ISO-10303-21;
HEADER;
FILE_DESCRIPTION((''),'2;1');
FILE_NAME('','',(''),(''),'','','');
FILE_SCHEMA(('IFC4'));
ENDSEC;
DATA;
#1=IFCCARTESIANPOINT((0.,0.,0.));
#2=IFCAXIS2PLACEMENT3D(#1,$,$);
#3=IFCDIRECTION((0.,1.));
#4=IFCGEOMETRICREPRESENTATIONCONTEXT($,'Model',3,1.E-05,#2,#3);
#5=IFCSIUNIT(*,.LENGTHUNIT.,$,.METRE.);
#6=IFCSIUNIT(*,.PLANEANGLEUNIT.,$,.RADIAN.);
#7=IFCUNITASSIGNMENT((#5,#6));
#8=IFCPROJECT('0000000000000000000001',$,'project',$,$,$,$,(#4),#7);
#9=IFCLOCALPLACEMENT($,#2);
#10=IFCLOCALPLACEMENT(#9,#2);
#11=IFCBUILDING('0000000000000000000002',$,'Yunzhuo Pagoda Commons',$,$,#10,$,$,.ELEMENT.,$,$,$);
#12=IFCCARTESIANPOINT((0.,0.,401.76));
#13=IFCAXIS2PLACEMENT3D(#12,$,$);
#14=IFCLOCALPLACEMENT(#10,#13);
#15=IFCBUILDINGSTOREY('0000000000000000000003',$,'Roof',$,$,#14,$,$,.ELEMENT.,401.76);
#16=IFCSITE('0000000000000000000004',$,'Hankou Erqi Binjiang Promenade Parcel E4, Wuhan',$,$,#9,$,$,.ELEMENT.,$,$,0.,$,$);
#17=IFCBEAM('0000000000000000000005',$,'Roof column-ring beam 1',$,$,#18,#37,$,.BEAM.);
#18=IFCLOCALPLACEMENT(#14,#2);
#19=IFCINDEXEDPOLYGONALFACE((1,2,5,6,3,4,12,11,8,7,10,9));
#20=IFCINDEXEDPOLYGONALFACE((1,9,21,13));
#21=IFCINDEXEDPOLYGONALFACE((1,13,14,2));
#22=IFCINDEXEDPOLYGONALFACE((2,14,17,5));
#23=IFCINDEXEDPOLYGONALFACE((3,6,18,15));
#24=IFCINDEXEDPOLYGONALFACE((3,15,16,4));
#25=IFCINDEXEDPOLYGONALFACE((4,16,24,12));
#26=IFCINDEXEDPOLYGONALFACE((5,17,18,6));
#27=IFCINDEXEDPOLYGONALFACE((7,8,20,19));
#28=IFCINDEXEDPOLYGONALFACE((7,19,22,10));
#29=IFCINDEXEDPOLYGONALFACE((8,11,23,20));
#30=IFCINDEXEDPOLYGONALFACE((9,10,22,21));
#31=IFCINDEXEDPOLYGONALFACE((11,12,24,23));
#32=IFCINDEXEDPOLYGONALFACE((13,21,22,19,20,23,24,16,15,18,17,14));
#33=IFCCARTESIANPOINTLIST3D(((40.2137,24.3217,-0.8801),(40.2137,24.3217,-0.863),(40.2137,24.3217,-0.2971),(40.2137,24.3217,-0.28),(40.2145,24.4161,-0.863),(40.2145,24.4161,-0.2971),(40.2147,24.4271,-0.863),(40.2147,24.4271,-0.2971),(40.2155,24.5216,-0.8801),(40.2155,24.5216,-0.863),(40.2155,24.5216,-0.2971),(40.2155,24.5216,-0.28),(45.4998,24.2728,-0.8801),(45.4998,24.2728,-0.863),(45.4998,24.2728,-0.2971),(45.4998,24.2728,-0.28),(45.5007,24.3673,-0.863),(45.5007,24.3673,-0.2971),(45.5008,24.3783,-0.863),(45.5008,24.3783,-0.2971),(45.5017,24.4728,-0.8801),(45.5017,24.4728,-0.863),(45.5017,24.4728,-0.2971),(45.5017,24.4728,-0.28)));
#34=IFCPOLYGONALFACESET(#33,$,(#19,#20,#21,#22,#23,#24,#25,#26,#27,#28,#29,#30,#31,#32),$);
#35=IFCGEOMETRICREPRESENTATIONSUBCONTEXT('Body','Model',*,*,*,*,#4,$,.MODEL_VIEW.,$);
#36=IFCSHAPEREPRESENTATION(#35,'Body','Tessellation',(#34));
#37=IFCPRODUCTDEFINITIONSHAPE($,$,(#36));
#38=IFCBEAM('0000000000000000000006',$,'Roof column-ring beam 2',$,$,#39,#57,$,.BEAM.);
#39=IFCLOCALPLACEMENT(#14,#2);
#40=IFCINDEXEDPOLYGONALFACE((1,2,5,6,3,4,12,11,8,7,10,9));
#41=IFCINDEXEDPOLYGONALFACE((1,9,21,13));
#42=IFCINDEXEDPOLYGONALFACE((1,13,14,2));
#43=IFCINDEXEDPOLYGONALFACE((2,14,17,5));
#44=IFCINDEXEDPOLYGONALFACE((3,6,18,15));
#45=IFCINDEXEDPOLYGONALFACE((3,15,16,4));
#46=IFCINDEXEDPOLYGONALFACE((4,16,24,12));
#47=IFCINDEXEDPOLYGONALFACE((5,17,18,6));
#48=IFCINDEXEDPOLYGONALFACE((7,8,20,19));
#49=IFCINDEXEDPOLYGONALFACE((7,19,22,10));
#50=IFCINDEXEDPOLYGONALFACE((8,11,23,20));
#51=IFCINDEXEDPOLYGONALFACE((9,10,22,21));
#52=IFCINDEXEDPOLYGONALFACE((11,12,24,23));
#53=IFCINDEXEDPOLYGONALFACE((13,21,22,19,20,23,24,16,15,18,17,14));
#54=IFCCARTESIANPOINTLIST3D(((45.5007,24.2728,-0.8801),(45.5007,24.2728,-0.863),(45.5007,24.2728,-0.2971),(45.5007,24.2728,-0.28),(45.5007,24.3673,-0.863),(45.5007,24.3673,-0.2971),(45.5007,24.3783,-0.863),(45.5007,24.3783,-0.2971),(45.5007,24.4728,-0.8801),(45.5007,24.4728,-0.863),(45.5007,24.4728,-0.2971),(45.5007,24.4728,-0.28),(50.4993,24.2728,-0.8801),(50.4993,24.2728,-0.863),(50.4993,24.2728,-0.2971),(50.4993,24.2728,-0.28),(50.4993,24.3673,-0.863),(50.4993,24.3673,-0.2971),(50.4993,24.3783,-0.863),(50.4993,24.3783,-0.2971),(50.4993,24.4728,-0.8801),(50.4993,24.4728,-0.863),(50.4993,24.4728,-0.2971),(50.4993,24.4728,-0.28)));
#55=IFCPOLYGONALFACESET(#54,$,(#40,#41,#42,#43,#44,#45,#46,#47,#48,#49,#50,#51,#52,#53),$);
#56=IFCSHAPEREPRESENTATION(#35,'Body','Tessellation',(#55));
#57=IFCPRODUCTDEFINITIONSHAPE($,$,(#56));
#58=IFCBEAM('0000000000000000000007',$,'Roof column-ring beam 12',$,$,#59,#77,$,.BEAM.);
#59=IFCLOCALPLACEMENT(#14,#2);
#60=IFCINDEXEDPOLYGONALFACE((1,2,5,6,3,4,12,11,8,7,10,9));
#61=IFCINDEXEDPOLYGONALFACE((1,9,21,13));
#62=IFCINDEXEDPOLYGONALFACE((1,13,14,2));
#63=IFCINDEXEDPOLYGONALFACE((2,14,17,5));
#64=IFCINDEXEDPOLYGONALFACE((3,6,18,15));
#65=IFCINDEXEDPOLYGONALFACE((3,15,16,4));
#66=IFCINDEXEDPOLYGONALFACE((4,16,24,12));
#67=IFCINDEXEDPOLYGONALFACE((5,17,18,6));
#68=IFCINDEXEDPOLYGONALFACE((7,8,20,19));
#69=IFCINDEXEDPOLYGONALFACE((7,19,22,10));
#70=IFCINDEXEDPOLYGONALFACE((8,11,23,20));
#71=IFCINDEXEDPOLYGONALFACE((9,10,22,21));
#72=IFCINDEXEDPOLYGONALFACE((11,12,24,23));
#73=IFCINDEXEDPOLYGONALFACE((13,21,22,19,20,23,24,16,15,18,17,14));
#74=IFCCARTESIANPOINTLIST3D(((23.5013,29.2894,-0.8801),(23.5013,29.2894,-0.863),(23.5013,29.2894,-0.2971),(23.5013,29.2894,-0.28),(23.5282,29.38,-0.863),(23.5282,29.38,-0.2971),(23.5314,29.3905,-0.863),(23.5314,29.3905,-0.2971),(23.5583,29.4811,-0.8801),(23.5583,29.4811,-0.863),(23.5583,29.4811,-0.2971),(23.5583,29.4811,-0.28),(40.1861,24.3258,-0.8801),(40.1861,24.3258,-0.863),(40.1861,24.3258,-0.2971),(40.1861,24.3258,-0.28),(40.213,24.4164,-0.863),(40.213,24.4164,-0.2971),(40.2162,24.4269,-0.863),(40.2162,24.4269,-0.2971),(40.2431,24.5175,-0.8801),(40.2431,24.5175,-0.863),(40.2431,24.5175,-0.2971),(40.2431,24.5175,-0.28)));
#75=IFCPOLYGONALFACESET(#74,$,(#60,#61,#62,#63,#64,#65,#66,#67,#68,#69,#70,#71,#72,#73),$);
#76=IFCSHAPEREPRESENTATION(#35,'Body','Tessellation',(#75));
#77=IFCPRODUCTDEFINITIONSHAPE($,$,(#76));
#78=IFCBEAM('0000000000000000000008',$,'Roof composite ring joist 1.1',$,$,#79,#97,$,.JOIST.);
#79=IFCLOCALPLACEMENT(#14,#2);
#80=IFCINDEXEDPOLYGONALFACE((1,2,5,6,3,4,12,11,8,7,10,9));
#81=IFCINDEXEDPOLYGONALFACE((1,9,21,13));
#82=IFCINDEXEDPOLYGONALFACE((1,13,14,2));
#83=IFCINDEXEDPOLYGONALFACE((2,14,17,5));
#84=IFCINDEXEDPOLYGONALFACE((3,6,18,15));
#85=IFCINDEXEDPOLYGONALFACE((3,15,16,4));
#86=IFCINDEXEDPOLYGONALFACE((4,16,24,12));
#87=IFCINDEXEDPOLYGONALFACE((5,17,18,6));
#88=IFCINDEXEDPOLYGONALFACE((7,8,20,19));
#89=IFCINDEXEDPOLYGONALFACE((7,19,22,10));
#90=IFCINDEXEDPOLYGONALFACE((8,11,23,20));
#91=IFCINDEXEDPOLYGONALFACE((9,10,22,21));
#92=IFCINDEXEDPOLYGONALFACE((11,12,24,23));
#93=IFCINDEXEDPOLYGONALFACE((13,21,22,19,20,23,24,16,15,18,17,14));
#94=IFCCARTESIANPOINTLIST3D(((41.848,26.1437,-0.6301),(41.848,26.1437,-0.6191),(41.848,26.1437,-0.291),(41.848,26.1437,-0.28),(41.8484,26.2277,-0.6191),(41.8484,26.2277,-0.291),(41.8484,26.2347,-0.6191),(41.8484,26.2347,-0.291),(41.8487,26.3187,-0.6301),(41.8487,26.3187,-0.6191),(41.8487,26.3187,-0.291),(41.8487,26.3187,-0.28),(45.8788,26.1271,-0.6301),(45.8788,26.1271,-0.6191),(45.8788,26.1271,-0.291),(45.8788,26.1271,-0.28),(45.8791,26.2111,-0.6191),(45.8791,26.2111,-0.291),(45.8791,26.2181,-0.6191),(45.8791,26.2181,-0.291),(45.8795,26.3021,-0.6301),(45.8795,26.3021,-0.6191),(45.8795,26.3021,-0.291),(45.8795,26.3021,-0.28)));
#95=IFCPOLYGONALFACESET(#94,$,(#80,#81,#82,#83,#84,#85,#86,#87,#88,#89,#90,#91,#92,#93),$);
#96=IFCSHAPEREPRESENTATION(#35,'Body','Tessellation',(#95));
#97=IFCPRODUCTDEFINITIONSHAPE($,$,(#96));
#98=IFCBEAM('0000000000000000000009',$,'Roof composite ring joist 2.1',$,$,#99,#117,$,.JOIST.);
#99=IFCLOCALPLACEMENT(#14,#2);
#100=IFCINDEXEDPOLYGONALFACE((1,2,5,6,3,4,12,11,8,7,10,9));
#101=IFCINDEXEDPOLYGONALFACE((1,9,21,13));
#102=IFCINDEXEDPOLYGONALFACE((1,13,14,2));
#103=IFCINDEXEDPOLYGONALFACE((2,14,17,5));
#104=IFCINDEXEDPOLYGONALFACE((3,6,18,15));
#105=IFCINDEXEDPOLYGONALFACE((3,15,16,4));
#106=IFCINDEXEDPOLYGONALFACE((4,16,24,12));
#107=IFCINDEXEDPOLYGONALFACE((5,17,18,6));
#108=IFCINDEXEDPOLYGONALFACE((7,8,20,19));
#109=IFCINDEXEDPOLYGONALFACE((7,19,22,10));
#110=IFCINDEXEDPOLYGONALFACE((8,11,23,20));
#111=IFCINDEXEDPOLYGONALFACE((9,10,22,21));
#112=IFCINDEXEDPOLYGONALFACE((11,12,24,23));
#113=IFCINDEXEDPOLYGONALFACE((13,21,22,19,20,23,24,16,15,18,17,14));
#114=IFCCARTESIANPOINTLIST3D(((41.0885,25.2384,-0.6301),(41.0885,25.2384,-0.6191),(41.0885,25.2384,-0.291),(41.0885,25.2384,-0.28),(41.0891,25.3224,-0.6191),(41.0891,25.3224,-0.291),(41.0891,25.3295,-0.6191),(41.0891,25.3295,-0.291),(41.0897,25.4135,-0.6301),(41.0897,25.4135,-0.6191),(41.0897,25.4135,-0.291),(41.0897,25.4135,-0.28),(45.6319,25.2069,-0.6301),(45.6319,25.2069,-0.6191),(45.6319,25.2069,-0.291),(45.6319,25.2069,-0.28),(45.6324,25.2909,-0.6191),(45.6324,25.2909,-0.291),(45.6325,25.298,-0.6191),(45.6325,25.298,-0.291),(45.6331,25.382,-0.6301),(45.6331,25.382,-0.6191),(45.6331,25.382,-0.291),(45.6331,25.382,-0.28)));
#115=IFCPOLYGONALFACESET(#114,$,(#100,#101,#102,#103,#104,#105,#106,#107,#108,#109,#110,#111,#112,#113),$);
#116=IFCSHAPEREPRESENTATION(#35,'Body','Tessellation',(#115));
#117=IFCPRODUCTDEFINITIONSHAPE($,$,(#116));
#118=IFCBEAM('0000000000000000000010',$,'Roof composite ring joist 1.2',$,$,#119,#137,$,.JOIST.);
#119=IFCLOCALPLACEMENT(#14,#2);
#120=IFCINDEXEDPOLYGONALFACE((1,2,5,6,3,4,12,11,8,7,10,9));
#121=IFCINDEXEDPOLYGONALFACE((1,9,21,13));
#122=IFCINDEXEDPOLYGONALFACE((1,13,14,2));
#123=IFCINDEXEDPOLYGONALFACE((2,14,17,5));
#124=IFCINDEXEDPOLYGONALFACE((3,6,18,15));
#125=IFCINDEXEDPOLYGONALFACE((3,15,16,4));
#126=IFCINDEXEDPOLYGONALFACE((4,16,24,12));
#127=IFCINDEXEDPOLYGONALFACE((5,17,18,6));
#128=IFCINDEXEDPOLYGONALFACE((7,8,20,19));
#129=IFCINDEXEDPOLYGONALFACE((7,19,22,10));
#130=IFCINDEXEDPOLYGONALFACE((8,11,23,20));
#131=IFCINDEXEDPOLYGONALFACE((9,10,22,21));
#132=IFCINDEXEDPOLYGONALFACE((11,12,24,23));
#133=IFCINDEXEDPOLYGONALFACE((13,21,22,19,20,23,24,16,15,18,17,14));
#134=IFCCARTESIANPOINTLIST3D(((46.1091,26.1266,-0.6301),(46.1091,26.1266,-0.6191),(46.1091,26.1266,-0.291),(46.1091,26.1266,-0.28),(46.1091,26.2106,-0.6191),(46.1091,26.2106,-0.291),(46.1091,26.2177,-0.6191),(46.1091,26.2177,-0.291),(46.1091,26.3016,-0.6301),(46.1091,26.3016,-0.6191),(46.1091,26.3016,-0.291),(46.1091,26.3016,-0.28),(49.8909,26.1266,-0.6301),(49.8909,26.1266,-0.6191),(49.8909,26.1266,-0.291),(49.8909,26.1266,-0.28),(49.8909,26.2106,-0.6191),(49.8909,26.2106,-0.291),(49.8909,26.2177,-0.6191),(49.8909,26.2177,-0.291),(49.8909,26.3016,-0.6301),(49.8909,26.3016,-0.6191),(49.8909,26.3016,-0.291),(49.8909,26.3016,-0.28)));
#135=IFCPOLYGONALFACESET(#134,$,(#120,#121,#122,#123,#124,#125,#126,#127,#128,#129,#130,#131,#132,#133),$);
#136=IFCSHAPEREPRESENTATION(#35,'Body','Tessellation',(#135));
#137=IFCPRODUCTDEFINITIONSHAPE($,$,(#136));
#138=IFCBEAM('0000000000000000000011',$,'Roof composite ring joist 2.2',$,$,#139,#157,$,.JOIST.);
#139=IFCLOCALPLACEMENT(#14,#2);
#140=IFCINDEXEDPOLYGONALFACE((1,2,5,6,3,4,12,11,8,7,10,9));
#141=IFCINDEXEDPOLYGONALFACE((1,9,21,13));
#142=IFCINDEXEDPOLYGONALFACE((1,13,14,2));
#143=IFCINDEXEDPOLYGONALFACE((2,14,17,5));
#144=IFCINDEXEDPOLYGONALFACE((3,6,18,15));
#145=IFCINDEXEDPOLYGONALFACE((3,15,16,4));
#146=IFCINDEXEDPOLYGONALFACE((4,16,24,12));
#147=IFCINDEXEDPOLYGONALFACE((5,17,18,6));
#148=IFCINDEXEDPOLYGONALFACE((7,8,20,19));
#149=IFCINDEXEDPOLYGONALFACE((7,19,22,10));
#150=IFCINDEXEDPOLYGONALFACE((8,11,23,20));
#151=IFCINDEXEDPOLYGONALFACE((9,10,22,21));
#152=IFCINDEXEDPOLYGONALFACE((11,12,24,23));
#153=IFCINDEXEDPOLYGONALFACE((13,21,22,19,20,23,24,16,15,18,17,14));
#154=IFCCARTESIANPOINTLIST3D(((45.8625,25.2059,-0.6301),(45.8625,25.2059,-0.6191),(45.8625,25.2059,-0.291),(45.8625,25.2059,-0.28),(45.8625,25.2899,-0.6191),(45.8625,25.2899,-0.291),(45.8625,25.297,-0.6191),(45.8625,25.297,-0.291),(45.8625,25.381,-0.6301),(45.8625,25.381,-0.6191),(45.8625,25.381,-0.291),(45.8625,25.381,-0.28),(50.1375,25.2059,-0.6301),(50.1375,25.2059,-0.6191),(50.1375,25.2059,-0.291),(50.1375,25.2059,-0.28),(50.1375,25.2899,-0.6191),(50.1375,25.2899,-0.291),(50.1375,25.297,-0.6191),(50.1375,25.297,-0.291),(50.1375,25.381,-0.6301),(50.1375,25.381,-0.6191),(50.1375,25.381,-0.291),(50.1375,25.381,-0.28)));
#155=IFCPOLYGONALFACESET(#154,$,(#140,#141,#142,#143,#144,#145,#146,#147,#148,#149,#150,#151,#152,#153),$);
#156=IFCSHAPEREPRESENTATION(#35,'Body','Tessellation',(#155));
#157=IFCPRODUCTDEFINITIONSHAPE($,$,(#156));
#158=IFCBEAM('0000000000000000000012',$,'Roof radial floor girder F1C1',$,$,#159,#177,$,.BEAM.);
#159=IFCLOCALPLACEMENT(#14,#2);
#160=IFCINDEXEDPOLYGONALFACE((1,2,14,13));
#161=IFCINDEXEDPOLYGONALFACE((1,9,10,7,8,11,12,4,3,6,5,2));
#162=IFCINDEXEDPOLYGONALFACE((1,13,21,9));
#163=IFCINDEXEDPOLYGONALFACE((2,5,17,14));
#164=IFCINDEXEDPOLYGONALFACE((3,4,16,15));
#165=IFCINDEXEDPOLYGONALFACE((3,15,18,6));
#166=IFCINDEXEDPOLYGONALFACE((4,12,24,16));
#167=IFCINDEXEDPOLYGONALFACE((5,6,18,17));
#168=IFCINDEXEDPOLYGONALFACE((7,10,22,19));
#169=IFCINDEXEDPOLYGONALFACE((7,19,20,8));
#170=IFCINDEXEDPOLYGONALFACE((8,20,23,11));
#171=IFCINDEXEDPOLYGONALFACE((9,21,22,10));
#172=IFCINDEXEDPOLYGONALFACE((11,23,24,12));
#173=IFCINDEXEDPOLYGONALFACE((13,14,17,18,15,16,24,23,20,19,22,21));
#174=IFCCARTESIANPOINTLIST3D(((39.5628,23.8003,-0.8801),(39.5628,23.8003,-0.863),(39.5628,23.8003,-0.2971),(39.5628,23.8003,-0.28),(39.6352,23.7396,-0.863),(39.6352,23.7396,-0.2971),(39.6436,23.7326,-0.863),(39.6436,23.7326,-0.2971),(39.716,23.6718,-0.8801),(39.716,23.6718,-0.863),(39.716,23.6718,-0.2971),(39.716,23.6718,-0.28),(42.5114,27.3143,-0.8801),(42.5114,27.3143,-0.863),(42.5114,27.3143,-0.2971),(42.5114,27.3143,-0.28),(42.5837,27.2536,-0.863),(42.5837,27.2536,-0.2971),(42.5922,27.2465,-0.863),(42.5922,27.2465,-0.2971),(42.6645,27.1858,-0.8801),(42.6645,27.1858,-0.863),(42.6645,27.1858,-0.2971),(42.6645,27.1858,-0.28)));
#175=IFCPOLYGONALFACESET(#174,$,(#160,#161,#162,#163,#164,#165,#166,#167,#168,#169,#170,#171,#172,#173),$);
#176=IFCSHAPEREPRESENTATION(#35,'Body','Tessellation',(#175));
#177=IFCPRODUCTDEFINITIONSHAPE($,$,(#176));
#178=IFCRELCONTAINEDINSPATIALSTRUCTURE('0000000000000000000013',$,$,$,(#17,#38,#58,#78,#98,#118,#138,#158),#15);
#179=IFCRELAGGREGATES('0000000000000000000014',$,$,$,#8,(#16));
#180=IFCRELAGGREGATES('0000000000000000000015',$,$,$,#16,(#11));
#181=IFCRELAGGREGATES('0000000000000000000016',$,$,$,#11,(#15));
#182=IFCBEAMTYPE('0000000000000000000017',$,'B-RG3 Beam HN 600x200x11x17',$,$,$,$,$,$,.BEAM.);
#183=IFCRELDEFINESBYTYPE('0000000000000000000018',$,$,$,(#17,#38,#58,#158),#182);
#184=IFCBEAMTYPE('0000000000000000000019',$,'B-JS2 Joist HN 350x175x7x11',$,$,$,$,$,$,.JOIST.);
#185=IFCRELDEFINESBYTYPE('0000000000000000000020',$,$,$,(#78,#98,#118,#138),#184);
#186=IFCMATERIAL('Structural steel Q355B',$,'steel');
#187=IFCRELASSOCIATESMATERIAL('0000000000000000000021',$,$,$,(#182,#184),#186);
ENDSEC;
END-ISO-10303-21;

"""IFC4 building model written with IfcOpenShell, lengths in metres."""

from ifc_helpers import new_model, si_unit, direction, frame, origin, origin_2d, place, context, subcontext, project, spatial, i_section, extrude, source, transform, mapped, material, material_profile, profile_set, type_object, element, save


model = new_model("IFC4")

# Units and contexts
model_context = context("Model", 3, precision=1e-05, world=origin(), true_north=direction((0.0, 1.0)))
body_context = subcontext(model_context, "Body", "Model", "MODEL_VIEW")
ifc_project = project(units=[si_unit("LENGTHUNIT", "METRE"), si_unit("PLANEANGLEUNIT", "RADIAN")], contexts=[model_context])

# Site, building, storey
site_placement = place(None, origin())
site = spatial("IfcSite", under=ifc_project, at=site_placement, Name="Hankou Erqi Binjiang Promenade Parcel E4, Wuhan", CompositionType="ELEMENT", RefElevation=0.0)
building_placement = place(site_placement, origin())
building = spatial("IfcBuilding", under=site, at=building_placement, Name="Yunzhuo Pagoda Commons", CompositionType="ELEMENT")
storey_placement = place(building_placement, frame((0.0, 0.0, 401.76)))
storey = spatial("IfcBuildingStorey", under=building, at=storey_placement, Name="Roof", CompositionType="ELEMENT", Elevation=401.76)

# Beams
ifc_material_1 = material(Name="Structural steel Q355B", Category="steel")
ifc_material_profile_1 = material_profile(ifc_material_1, i_section(OverallWidth=0.2, OverallDepth=0.6001, WebThickness=0.011, FlangeThickness=0.0171, at=origin_2d()), Name="Structural steel Q355B")
ifc_profile_set_1 = profile_set([ifc_material_profile_1], Name="Structural steel Q355B")
beam_type_1 = type_object("IfcBeamType", Name="B-RG3 Beam HN 600x200x11x17", PredefinedType="BEAM", material=ifc_profile_set_1)
shared_shape_1 = source(origin(), body_context, "Body", "SweptSolid", [
    extrude(i_section(OverallWidth=0.2, OverallDepth=0.6001, WebThickness=0.011, FlangeThickness=0.0171, at=origin_2d()), origin(), (0.0, 0.0, 1.0), 5.2864),
])
beam_1_placement = place(storey_placement, frame((40.2146, 24.4216, -0.5801), z_axis=(0.999957, -0.009237, 0.0), x_axis=(0.009237, 0.999957, 0.0)))
element("IfcBeam", 1, at=beam_1_placement, inside=storey, type_object=beam_type_1, Name="Roof column-ring beam 1", PredefinedType="BEAM", context=body_context, shape_type="MappedRepresentation", body=[
    mapped(shared_shape_1, transform((0.0, 0.0, 0.0), scale=1.0)),
])
shared_shape_2 = source(origin(), body_context, "Body", "SweptSolid", [
    extrude(i_section(OverallWidth=0.2, OverallDepth=0.6001, WebThickness=0.011, FlangeThickness=0.0171, at=origin_2d()), origin(), (0.0, 0.0, 1.0), 4.9985),
])
beam_2_placement = place(storey_placement, frame((45.5007, 24.3728, -0.5801), z_axis=(1.0, 0.0, 0.0), x_axis=(0.0, 1.0, 0.0)))
element("IfcBeam", 2, at=beam_2_placement, inside=storey, type_object=beam_type_1, Name="Roof column-ring beam 2", PredefinedType="BEAM", context=body_context, shape_type="MappedRepresentation", body=[
    mapped(shared_shape_2, transform((0.0, 0.0, 0.0), scale=1.0)),
])
shared_shape_3 = source(origin(), body_context, "Body", "SweptSolid", [
    extrude(i_section(OverallWidth=0.2, OverallDepth=0.6001, WebThickness=0.011, FlangeThickness=0.0171, at=origin_2d()), origin(), (0.0, 0.0, 1.0), 17.4075),
])
beam_3_placement = place(storey_placement, frame((23.5298, 29.3853, -0.5801), z_axis=(0.958485, -0.285143, 0.0), x_axis=(0.285143, 0.958485, 0.0)))
element("IfcBeam", 3, at=beam_3_placement, inside=storey, type_object=beam_type_1, Name="Roof column-ring beam 12", PredefinedType="BEAM", context=body_context, shape_type="MappedRepresentation", body=[
    mapped(shared_shape_3, transform((0.0, 0.0, 0.0), scale=1.0)),
])
ifc_material_profile_2 = material_profile(ifc_material_1, i_section(OverallWidth=0.175, OverallDepth=0.3501, WebThickness=0.0071, FlangeThickness=0.011, at=origin_2d()), Name="Structural steel Q355B")
ifc_profile_set_2 = profile_set([ifc_material_profile_2], Name="Structural steel Q355B")
beam_type_2 = type_object("IfcBeamType", Name="B-JS2 Joist HN 350x175x7x11", PredefinedType="JOIST", material=ifc_profile_set_2)
shared_shape_4 = source(origin(), body_context, "Body", "SweptSolid", [
    extrude(i_section(OverallWidth=0.175, OverallDepth=0.3501, WebThickness=0.0071, FlangeThickness=0.011, at=origin_2d()), origin(), (0.0, 0.0, 1.0), 4.0308),
])
beam_4_placement = place(storey_placement, frame((41.8484, 26.2312, -0.4551), z_axis=(0.999992, -0.004119, 0.0), x_axis=(0.004119, 0.999992, 0.0)))
element("IfcBeam", 4, at=beam_4_placement, inside=storey, type_object=beam_type_2, Name="Roof composite ring joist 1.1", PredefinedType="JOIST", context=body_context, shape_type="MappedRepresentation", body=[
    mapped(shared_shape_4, transform((0.0, 0.0, 0.0), scale=1.0)),
])
shared_shape_5 = source(origin(), body_context, "Body", "SweptSolid", [
    extrude(i_section(OverallWidth=0.175, OverallDepth=0.3501, WebThickness=0.0071, FlangeThickness=0.011, at=origin_2d()), origin(), (0.0, 0.0, 1.0), 4.5435),
])
beam_5_placement = place(storey_placement, frame((41.0891, 25.3259, -0.4551), z_axis=(0.999976, -0.006932, 0.0), x_axis=(0.006932, 0.999976, 0.0)))
element("IfcBeam", 5, at=beam_5_placement, inside=storey, type_object=beam_type_2, Name="Roof composite ring joist 2.1", PredefinedType="JOIST", context=body_context, shape_type="MappedRepresentation", body=[
    mapped(shared_shape_5, transform((0.0, 0.0, 0.0), scale=1.0)),
])
shared_shape_6 = source(origin(), body_context, "Body", "SweptSolid", [
    extrude(i_section(OverallWidth=0.175, OverallDepth=0.3501, WebThickness=0.0071, FlangeThickness=0.011, at=origin_2d()), origin(), (0.0, 0.0, 1.0), 3.7817),
])
beam_6_placement = place(storey_placement, frame((46.1091, 26.2141, -0.4551), z_axis=(1.0, 0.0, 0.0), x_axis=(0.0, 1.0, 0.0)))
element("IfcBeam", 6, at=beam_6_placement, inside=storey, type_object=beam_type_2, Name="Roof composite ring joist 1.2", PredefinedType="JOIST", context=body_context, shape_type="MappedRepresentation", body=[
    mapped(shared_shape_6, transform((0.0, 0.0, 0.0), scale=1.0)),
])
shared_shape_7 = source(origin(), body_context, "Body", "SweptSolid", [
    extrude(i_section(OverallWidth=0.175, OverallDepth=0.3501, WebThickness=0.0071, FlangeThickness=0.011, at=origin_2d()), origin(), (0.0, 0.0, 1.0), 4.2749),
])
beam_7_placement = place(storey_placement, frame((45.8625, 25.2935, -0.4551), z_axis=(1.0, 0.0, 0.0), x_axis=(0.0, 1.0, 0.0)))
element("IfcBeam", 7, at=beam_7_placement, inside=storey, type_object=beam_type_2, Name="Roof composite ring joist 2.2", PredefinedType="JOIST", context=body_context, shape_type="MappedRepresentation", body=[
    mapped(shared_shape_7, transform((0.0, 0.0, 0.0), scale=1.0)),
])
shared_shape_8 = source(origin(), body_context, "Body", "SweptSolid", [
    extrude(i_section(OverallWidth=0.2, OverallDepth=0.6001, WebThickness=0.011, FlangeThickness=0.0171, at=origin_2d()), origin(), (0.0, 0.0, 1.0), 4.5872),
])
beam_8_placement = place(storey_placement, frame((39.6394, 23.7361, -0.5801), z_axis=(0.642783, 0.766049, 0.0), x_axis=(-0.766049, 0.642783, 0.0)))
element("IfcBeam", 8, at=beam_8_placement, inside=storey, type_object=beam_type_1, Name="Roof radial floor girder F1C1", PredefinedType="BEAM", context=body_context, shape_type="MappedRepresentation", body=[
    mapped(shared_shape_8, transform((0.0, 0.0, 0.0), scale=1.0)),
])

save(model, "model.ifc")
